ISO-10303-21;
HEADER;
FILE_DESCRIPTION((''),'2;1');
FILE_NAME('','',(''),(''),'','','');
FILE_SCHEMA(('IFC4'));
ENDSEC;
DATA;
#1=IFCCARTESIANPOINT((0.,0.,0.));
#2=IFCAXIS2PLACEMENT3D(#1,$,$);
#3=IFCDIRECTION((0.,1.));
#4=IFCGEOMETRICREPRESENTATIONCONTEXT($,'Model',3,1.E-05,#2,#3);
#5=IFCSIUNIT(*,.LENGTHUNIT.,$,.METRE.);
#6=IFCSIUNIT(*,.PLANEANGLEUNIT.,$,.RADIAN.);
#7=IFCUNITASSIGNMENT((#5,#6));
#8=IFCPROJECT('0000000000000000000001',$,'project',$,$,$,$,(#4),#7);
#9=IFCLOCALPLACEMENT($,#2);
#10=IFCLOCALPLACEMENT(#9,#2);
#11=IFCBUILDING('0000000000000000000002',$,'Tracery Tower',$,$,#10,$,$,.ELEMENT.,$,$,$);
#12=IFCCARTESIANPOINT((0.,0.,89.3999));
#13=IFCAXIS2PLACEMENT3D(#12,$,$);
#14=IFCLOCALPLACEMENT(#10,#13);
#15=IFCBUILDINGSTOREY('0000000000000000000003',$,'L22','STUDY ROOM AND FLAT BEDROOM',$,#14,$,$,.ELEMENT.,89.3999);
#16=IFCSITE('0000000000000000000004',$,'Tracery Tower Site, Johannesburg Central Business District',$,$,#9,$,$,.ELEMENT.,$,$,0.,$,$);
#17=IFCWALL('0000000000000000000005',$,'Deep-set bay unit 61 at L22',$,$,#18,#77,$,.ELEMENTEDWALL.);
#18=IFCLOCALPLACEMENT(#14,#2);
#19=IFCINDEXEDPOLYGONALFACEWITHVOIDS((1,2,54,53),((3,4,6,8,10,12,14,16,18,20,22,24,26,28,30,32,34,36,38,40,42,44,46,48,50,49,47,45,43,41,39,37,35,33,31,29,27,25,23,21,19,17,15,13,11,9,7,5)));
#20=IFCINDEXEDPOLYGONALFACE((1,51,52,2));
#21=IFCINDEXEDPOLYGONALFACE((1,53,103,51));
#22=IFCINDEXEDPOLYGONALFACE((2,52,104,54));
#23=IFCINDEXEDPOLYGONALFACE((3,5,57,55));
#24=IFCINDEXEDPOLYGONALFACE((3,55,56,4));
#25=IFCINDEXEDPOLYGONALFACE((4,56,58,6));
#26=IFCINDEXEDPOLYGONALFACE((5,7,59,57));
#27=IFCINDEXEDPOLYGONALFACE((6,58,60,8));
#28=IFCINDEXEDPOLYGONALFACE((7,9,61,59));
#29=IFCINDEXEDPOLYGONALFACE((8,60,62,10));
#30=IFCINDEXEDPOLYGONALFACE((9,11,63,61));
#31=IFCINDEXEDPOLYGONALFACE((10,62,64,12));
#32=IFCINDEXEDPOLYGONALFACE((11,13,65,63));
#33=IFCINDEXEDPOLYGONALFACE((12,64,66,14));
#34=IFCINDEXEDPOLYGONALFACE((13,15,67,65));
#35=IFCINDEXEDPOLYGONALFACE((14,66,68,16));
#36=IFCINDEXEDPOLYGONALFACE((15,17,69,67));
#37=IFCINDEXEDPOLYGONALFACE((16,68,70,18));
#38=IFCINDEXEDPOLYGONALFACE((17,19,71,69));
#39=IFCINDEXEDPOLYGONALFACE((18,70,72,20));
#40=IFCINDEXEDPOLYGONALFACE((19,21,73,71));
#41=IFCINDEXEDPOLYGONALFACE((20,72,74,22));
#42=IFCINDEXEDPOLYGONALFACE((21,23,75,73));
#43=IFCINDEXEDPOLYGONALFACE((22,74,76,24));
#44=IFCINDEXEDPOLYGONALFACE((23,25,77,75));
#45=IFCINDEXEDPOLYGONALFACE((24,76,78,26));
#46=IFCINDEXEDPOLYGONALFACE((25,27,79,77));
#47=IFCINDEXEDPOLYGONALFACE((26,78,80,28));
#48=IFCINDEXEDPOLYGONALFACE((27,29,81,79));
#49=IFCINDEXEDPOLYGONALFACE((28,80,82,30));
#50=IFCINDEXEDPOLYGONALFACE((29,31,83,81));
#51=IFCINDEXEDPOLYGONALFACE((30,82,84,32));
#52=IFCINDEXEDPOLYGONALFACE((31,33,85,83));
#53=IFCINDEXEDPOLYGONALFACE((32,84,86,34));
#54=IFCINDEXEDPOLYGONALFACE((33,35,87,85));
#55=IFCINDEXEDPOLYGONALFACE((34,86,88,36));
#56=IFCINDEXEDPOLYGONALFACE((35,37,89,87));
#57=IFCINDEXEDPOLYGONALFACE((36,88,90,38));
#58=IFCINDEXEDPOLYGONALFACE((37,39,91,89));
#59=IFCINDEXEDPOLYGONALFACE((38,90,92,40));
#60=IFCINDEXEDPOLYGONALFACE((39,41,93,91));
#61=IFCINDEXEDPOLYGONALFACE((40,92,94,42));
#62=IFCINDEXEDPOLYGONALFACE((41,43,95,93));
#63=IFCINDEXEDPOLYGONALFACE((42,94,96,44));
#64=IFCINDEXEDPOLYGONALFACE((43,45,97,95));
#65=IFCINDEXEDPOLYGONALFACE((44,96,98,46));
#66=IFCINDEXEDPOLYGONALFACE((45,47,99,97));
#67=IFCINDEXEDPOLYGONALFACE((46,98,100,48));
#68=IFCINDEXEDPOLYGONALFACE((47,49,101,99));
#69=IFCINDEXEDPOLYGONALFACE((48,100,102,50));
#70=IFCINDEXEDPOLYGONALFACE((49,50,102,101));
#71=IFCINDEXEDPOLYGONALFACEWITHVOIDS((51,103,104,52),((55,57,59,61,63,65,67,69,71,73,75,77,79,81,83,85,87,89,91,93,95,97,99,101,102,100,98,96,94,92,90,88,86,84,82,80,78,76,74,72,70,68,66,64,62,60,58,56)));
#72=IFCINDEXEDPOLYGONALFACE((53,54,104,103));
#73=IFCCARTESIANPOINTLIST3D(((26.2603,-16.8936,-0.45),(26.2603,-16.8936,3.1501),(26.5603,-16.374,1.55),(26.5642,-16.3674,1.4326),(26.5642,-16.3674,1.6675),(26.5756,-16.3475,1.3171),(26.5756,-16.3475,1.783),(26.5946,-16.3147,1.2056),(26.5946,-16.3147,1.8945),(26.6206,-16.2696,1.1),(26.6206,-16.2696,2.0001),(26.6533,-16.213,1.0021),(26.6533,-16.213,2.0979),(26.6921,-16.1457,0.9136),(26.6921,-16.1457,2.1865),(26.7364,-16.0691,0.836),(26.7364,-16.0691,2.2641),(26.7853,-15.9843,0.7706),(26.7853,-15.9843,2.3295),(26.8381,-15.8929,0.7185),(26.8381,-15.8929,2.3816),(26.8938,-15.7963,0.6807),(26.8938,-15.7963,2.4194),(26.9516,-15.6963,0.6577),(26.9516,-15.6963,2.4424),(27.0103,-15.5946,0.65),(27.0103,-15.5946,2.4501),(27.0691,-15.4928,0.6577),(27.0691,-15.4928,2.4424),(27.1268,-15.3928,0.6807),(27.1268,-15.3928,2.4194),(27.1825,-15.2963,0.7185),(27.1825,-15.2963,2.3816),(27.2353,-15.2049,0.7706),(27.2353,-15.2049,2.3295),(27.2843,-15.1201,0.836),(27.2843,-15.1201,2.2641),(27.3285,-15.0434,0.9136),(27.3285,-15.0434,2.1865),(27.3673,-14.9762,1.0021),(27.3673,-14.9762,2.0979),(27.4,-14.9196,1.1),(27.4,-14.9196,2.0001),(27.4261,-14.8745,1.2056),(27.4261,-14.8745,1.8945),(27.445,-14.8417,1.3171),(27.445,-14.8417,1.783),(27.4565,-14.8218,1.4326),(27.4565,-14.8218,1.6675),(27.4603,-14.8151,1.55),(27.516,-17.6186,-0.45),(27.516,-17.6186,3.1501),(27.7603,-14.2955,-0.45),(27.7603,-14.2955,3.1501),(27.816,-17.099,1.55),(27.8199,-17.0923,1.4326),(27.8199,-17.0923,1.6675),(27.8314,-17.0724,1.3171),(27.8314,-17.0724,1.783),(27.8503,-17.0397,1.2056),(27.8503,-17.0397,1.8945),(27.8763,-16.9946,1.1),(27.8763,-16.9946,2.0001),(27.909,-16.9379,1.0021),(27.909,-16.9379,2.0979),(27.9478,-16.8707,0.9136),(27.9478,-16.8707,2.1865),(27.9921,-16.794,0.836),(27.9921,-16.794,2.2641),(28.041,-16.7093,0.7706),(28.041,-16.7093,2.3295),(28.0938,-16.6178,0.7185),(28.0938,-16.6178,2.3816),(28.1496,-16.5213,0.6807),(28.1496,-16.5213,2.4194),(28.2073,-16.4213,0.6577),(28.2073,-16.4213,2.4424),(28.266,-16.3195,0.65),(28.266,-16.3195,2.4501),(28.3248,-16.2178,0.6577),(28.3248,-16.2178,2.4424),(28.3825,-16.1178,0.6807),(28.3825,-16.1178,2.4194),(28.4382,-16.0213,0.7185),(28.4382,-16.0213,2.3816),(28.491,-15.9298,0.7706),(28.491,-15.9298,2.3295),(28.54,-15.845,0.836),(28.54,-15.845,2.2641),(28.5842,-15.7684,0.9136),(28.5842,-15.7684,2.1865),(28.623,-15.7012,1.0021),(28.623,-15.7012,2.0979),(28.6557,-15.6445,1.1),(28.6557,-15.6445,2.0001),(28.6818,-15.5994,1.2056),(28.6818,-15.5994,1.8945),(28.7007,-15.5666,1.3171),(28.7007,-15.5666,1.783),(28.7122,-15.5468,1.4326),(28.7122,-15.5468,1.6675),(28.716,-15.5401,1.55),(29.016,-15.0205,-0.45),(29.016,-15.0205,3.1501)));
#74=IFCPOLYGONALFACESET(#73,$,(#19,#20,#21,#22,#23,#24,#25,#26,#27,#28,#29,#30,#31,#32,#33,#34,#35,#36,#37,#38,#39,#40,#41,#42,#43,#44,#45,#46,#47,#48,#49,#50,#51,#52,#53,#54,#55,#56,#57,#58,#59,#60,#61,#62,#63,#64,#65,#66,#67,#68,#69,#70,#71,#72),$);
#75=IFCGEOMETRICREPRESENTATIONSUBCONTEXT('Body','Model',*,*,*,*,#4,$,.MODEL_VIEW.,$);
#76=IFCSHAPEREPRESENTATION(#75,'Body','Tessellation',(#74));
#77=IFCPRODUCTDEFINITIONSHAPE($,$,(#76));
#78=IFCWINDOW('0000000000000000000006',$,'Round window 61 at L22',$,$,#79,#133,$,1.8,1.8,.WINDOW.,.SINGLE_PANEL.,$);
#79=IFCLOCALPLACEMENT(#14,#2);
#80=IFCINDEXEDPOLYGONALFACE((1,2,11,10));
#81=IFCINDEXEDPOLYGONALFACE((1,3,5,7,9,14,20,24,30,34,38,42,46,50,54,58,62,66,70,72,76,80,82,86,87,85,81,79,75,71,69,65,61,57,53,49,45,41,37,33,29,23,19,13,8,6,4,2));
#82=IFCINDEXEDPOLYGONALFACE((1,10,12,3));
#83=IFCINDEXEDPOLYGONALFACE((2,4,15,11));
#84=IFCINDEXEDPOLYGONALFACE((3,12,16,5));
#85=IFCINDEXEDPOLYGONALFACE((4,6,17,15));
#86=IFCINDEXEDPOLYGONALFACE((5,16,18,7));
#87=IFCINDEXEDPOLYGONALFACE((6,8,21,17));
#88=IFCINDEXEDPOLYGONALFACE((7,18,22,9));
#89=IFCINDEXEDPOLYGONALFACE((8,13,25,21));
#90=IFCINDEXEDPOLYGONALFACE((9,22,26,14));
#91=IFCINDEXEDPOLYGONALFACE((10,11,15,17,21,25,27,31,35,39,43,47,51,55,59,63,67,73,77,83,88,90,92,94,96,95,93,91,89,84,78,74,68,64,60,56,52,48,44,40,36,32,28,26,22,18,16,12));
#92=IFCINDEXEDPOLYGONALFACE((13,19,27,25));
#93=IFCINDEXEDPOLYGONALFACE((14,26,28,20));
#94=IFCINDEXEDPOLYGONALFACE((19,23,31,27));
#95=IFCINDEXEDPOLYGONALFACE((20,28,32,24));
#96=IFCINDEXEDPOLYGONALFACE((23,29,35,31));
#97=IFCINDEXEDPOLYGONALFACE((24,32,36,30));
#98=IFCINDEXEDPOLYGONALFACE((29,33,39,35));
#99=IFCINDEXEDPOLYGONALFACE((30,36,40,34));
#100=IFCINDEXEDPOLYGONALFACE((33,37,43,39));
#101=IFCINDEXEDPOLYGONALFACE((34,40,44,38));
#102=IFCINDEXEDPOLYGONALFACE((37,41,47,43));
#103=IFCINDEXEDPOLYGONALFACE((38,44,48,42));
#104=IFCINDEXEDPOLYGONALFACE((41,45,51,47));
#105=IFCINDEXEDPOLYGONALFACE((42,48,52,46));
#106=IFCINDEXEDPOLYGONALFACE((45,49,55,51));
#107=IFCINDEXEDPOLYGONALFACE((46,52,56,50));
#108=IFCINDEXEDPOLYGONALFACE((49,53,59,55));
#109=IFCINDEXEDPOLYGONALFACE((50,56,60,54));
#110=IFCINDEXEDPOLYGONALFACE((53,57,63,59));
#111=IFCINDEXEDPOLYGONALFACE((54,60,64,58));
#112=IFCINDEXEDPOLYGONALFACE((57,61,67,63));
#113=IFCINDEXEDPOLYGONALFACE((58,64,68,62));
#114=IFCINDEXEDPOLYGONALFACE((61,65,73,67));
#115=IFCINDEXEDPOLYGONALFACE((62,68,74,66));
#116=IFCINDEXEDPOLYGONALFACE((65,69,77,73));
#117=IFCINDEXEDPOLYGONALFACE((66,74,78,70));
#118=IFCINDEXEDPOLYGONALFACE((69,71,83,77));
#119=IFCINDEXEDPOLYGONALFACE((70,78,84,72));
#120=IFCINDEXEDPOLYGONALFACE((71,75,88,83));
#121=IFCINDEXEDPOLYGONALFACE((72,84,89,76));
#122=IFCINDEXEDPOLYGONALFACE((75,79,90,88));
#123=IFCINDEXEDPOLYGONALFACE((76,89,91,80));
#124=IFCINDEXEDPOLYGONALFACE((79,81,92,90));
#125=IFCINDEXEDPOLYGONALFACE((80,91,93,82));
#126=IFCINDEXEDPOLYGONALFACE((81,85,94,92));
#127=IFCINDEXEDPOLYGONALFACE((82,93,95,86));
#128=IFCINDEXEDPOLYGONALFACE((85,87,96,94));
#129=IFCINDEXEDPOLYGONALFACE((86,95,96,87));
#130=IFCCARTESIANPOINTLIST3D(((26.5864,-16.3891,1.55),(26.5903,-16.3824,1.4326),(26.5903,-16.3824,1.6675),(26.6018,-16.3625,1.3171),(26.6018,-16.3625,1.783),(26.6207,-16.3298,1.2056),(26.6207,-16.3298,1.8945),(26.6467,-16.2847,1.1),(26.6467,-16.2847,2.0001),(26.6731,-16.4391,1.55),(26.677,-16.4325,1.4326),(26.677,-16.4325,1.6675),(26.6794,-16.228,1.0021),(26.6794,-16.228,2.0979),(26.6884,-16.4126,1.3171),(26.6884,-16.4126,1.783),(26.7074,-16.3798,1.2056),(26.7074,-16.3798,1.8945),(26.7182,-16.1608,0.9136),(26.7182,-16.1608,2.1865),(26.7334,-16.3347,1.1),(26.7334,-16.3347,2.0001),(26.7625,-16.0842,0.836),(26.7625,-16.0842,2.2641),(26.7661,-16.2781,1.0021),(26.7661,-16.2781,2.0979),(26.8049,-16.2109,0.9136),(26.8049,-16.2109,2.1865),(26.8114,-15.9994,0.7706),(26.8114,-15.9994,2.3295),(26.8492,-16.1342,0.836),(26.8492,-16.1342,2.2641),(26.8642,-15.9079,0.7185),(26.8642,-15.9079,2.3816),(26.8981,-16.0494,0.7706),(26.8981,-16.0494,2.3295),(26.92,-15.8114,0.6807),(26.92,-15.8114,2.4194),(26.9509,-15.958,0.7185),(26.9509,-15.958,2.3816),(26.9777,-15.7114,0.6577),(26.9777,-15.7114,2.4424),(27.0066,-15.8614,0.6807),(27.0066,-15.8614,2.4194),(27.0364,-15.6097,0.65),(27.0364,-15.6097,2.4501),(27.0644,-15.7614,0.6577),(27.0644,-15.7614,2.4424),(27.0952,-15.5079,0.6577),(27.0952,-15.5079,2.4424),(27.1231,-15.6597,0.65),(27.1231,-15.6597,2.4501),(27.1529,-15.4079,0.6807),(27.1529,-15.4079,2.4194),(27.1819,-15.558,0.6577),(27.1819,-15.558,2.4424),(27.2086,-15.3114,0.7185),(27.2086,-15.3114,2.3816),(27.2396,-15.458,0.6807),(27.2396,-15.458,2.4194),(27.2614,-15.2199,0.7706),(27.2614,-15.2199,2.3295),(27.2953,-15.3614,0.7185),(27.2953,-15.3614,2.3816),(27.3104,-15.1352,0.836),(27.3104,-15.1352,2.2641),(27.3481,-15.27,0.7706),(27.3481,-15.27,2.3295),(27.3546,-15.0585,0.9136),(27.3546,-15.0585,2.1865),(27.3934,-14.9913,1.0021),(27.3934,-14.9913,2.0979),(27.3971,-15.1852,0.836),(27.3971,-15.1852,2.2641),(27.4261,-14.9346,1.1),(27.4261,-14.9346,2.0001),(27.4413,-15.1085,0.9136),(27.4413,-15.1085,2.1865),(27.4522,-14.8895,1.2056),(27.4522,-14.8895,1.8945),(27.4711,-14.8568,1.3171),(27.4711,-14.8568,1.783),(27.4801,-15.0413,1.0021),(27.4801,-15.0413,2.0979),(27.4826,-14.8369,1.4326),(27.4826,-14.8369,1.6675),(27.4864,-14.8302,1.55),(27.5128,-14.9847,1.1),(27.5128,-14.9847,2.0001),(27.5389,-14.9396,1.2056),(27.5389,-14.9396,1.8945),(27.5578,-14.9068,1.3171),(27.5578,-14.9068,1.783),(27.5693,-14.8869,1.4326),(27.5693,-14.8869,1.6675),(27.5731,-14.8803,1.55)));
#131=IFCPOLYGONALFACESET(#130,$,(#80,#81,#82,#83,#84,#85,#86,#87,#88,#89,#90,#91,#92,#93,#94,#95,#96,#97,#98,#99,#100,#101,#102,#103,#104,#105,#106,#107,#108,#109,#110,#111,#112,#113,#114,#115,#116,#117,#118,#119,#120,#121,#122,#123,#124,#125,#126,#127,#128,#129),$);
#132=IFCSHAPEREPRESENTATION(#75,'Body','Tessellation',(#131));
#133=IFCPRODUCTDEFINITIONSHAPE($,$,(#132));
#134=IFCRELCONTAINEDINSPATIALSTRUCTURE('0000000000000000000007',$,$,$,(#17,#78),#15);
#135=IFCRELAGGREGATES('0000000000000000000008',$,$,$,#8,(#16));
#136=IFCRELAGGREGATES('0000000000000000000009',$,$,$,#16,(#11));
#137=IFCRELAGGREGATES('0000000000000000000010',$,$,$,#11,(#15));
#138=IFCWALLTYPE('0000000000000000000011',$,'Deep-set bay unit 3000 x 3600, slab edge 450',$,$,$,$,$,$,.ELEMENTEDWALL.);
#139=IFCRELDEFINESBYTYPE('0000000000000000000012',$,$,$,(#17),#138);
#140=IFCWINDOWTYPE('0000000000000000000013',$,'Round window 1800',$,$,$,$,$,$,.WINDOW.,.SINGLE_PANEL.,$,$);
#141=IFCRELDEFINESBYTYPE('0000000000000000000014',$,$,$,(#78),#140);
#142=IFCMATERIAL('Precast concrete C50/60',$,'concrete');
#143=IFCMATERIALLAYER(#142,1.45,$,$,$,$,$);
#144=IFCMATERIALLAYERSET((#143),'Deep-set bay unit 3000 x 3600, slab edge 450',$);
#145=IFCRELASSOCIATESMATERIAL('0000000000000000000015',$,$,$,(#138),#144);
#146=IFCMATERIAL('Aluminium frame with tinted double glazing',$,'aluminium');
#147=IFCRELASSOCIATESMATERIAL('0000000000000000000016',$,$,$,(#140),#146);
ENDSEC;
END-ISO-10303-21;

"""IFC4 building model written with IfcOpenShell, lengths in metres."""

from ifc_helpers import new_model, si_unit, direction, frame, frame_2d, origin, origin_2d, place, context, subcontext, project, spatial, rectangle, circle, extrude, material, layer, layer_set, type_object, element, fill, save


model = new_model("IFC4")

# Units and contexts
model_context = context("Model", 3, precision=1e-05, world=origin(), true_north=direction((0.0, 1.0)))
body_context = subcontext(model_context, "Body", "Model", "MODEL_VIEW")
ifc_project = project(units=[si_unit("LENGTHUNIT", "METRE"), si_unit("PLANEANGLEUNIT", "RADIAN")], contexts=[model_context])

# Site, building, storey
site_placement = place(None, origin())
site = spatial("IfcSite", under=ifc_project, at=site_placement, Name="Tracery Tower Site, Johannesburg Central Business District", CompositionType="ELEMENT", RefElevation=0.0)
building_placement = place(site_placement, origin())
building = spatial("IfcBuilding", under=site, at=building_placement, Name="Tracery Tower", CompositionType="ELEMENT")
storey_placement = place(building_placement, frame((0.0, 0.0, 89.3999)))
storey = spatial("IfcBuildingStorey", under=building, at=storey_placement, Name="L22", Description="STUDY ROOM AND FLAT BEDROOM", CompositionType="ELEMENT", Elevation=89.3999)

# Wall, opening, window
ifc_material_1 = material(Name="Precast concrete C50/60", Category="concrete")
ifc_layer_1 = layer(ifc_material_1, 1.45)
ifc_layer_set_1 = layer_set([ifc_layer_1], Name="Deep-set bay unit 3000 x 3600, slab edge 450")
wall_type_1 = type_object("IfcWallType", Name="Deep-set bay unit 3000 x 3600, slab edge 450", PredefinedType="ELEMENTEDWALL", material=ifc_layer_set_1)
ifc_material_2 = material(Name="Aluminium frame with tinted double glazing", Category="aluminium")
window_type = type_object("IfcWindowType", Name="Round window 1800", PartitioningType="SINGLE_PANEL", PredefinedType="WINDOW", material=ifc_material_2)
wall_1_placement = place(storey_placement, frame((26.8882, -17.2561, -0.45), z_axis=(0.0, 0.0, 1.0), x_axis=(0.49999, 0.866031, 0.0)))
wall_1 = element("IfcWall", 1, at=wall_1_placement, inside=storey, type_object=wall_type_1, Name="Deep-set bay unit 61 at L22", PredefinedType="ELEMENTEDWALL", context=body_context, shape_type="SweptSolid", body=[
    extrude(rectangle(XDim=3.0, YDim=1.45, at=frame_2d((1.5, 0.0))), origin(), (0.0, 0.0, 1.0), 3.6001),
])
opening_1_placement = place(wall_1_placement, frame((1.5, 0.0, 2.0)))
opening_1 = element("IfcOpeningElement", 2, at=opening_1_placement, cuts=wall_1, PredefinedType="OPENING", context=body_context, shape_type="SweptSolid", body=[
    extrude(circle(Radius=0.9, at=origin_2d()), frame((0.0, 0.7349, 0.0), z_axis=(0.0, -1.0, 0.0), x_axis=(1.0, 0.0, 0.0)), (0.0, 0.0, 1.0), 1.47),
])
window_1_placement = place(opening_1_placement, origin())
window_1 = element("IfcWindow", 3, at=window_1_placement, inside=storey, type_object=window_type, Name="Round window 61 at L22", OverallHeight=1.8, OverallWidth=1.8, PartitioningType="SINGLE_PANEL", PredefinedType="WINDOW", context=body_context, shape_type="SweptSolid", body=[
    extrude(circle(Radius=0.9, at=origin_2d()), frame((0.0, 0.6948, 0.0), z_axis=(0.0, -1.0, 0.0), x_axis=(1.0, 0.0, 0.0)), (0.0, 0.0, 1.0), 0.1001),
])
fill(opening_1, window_1)

save(model, "model.ifc")
